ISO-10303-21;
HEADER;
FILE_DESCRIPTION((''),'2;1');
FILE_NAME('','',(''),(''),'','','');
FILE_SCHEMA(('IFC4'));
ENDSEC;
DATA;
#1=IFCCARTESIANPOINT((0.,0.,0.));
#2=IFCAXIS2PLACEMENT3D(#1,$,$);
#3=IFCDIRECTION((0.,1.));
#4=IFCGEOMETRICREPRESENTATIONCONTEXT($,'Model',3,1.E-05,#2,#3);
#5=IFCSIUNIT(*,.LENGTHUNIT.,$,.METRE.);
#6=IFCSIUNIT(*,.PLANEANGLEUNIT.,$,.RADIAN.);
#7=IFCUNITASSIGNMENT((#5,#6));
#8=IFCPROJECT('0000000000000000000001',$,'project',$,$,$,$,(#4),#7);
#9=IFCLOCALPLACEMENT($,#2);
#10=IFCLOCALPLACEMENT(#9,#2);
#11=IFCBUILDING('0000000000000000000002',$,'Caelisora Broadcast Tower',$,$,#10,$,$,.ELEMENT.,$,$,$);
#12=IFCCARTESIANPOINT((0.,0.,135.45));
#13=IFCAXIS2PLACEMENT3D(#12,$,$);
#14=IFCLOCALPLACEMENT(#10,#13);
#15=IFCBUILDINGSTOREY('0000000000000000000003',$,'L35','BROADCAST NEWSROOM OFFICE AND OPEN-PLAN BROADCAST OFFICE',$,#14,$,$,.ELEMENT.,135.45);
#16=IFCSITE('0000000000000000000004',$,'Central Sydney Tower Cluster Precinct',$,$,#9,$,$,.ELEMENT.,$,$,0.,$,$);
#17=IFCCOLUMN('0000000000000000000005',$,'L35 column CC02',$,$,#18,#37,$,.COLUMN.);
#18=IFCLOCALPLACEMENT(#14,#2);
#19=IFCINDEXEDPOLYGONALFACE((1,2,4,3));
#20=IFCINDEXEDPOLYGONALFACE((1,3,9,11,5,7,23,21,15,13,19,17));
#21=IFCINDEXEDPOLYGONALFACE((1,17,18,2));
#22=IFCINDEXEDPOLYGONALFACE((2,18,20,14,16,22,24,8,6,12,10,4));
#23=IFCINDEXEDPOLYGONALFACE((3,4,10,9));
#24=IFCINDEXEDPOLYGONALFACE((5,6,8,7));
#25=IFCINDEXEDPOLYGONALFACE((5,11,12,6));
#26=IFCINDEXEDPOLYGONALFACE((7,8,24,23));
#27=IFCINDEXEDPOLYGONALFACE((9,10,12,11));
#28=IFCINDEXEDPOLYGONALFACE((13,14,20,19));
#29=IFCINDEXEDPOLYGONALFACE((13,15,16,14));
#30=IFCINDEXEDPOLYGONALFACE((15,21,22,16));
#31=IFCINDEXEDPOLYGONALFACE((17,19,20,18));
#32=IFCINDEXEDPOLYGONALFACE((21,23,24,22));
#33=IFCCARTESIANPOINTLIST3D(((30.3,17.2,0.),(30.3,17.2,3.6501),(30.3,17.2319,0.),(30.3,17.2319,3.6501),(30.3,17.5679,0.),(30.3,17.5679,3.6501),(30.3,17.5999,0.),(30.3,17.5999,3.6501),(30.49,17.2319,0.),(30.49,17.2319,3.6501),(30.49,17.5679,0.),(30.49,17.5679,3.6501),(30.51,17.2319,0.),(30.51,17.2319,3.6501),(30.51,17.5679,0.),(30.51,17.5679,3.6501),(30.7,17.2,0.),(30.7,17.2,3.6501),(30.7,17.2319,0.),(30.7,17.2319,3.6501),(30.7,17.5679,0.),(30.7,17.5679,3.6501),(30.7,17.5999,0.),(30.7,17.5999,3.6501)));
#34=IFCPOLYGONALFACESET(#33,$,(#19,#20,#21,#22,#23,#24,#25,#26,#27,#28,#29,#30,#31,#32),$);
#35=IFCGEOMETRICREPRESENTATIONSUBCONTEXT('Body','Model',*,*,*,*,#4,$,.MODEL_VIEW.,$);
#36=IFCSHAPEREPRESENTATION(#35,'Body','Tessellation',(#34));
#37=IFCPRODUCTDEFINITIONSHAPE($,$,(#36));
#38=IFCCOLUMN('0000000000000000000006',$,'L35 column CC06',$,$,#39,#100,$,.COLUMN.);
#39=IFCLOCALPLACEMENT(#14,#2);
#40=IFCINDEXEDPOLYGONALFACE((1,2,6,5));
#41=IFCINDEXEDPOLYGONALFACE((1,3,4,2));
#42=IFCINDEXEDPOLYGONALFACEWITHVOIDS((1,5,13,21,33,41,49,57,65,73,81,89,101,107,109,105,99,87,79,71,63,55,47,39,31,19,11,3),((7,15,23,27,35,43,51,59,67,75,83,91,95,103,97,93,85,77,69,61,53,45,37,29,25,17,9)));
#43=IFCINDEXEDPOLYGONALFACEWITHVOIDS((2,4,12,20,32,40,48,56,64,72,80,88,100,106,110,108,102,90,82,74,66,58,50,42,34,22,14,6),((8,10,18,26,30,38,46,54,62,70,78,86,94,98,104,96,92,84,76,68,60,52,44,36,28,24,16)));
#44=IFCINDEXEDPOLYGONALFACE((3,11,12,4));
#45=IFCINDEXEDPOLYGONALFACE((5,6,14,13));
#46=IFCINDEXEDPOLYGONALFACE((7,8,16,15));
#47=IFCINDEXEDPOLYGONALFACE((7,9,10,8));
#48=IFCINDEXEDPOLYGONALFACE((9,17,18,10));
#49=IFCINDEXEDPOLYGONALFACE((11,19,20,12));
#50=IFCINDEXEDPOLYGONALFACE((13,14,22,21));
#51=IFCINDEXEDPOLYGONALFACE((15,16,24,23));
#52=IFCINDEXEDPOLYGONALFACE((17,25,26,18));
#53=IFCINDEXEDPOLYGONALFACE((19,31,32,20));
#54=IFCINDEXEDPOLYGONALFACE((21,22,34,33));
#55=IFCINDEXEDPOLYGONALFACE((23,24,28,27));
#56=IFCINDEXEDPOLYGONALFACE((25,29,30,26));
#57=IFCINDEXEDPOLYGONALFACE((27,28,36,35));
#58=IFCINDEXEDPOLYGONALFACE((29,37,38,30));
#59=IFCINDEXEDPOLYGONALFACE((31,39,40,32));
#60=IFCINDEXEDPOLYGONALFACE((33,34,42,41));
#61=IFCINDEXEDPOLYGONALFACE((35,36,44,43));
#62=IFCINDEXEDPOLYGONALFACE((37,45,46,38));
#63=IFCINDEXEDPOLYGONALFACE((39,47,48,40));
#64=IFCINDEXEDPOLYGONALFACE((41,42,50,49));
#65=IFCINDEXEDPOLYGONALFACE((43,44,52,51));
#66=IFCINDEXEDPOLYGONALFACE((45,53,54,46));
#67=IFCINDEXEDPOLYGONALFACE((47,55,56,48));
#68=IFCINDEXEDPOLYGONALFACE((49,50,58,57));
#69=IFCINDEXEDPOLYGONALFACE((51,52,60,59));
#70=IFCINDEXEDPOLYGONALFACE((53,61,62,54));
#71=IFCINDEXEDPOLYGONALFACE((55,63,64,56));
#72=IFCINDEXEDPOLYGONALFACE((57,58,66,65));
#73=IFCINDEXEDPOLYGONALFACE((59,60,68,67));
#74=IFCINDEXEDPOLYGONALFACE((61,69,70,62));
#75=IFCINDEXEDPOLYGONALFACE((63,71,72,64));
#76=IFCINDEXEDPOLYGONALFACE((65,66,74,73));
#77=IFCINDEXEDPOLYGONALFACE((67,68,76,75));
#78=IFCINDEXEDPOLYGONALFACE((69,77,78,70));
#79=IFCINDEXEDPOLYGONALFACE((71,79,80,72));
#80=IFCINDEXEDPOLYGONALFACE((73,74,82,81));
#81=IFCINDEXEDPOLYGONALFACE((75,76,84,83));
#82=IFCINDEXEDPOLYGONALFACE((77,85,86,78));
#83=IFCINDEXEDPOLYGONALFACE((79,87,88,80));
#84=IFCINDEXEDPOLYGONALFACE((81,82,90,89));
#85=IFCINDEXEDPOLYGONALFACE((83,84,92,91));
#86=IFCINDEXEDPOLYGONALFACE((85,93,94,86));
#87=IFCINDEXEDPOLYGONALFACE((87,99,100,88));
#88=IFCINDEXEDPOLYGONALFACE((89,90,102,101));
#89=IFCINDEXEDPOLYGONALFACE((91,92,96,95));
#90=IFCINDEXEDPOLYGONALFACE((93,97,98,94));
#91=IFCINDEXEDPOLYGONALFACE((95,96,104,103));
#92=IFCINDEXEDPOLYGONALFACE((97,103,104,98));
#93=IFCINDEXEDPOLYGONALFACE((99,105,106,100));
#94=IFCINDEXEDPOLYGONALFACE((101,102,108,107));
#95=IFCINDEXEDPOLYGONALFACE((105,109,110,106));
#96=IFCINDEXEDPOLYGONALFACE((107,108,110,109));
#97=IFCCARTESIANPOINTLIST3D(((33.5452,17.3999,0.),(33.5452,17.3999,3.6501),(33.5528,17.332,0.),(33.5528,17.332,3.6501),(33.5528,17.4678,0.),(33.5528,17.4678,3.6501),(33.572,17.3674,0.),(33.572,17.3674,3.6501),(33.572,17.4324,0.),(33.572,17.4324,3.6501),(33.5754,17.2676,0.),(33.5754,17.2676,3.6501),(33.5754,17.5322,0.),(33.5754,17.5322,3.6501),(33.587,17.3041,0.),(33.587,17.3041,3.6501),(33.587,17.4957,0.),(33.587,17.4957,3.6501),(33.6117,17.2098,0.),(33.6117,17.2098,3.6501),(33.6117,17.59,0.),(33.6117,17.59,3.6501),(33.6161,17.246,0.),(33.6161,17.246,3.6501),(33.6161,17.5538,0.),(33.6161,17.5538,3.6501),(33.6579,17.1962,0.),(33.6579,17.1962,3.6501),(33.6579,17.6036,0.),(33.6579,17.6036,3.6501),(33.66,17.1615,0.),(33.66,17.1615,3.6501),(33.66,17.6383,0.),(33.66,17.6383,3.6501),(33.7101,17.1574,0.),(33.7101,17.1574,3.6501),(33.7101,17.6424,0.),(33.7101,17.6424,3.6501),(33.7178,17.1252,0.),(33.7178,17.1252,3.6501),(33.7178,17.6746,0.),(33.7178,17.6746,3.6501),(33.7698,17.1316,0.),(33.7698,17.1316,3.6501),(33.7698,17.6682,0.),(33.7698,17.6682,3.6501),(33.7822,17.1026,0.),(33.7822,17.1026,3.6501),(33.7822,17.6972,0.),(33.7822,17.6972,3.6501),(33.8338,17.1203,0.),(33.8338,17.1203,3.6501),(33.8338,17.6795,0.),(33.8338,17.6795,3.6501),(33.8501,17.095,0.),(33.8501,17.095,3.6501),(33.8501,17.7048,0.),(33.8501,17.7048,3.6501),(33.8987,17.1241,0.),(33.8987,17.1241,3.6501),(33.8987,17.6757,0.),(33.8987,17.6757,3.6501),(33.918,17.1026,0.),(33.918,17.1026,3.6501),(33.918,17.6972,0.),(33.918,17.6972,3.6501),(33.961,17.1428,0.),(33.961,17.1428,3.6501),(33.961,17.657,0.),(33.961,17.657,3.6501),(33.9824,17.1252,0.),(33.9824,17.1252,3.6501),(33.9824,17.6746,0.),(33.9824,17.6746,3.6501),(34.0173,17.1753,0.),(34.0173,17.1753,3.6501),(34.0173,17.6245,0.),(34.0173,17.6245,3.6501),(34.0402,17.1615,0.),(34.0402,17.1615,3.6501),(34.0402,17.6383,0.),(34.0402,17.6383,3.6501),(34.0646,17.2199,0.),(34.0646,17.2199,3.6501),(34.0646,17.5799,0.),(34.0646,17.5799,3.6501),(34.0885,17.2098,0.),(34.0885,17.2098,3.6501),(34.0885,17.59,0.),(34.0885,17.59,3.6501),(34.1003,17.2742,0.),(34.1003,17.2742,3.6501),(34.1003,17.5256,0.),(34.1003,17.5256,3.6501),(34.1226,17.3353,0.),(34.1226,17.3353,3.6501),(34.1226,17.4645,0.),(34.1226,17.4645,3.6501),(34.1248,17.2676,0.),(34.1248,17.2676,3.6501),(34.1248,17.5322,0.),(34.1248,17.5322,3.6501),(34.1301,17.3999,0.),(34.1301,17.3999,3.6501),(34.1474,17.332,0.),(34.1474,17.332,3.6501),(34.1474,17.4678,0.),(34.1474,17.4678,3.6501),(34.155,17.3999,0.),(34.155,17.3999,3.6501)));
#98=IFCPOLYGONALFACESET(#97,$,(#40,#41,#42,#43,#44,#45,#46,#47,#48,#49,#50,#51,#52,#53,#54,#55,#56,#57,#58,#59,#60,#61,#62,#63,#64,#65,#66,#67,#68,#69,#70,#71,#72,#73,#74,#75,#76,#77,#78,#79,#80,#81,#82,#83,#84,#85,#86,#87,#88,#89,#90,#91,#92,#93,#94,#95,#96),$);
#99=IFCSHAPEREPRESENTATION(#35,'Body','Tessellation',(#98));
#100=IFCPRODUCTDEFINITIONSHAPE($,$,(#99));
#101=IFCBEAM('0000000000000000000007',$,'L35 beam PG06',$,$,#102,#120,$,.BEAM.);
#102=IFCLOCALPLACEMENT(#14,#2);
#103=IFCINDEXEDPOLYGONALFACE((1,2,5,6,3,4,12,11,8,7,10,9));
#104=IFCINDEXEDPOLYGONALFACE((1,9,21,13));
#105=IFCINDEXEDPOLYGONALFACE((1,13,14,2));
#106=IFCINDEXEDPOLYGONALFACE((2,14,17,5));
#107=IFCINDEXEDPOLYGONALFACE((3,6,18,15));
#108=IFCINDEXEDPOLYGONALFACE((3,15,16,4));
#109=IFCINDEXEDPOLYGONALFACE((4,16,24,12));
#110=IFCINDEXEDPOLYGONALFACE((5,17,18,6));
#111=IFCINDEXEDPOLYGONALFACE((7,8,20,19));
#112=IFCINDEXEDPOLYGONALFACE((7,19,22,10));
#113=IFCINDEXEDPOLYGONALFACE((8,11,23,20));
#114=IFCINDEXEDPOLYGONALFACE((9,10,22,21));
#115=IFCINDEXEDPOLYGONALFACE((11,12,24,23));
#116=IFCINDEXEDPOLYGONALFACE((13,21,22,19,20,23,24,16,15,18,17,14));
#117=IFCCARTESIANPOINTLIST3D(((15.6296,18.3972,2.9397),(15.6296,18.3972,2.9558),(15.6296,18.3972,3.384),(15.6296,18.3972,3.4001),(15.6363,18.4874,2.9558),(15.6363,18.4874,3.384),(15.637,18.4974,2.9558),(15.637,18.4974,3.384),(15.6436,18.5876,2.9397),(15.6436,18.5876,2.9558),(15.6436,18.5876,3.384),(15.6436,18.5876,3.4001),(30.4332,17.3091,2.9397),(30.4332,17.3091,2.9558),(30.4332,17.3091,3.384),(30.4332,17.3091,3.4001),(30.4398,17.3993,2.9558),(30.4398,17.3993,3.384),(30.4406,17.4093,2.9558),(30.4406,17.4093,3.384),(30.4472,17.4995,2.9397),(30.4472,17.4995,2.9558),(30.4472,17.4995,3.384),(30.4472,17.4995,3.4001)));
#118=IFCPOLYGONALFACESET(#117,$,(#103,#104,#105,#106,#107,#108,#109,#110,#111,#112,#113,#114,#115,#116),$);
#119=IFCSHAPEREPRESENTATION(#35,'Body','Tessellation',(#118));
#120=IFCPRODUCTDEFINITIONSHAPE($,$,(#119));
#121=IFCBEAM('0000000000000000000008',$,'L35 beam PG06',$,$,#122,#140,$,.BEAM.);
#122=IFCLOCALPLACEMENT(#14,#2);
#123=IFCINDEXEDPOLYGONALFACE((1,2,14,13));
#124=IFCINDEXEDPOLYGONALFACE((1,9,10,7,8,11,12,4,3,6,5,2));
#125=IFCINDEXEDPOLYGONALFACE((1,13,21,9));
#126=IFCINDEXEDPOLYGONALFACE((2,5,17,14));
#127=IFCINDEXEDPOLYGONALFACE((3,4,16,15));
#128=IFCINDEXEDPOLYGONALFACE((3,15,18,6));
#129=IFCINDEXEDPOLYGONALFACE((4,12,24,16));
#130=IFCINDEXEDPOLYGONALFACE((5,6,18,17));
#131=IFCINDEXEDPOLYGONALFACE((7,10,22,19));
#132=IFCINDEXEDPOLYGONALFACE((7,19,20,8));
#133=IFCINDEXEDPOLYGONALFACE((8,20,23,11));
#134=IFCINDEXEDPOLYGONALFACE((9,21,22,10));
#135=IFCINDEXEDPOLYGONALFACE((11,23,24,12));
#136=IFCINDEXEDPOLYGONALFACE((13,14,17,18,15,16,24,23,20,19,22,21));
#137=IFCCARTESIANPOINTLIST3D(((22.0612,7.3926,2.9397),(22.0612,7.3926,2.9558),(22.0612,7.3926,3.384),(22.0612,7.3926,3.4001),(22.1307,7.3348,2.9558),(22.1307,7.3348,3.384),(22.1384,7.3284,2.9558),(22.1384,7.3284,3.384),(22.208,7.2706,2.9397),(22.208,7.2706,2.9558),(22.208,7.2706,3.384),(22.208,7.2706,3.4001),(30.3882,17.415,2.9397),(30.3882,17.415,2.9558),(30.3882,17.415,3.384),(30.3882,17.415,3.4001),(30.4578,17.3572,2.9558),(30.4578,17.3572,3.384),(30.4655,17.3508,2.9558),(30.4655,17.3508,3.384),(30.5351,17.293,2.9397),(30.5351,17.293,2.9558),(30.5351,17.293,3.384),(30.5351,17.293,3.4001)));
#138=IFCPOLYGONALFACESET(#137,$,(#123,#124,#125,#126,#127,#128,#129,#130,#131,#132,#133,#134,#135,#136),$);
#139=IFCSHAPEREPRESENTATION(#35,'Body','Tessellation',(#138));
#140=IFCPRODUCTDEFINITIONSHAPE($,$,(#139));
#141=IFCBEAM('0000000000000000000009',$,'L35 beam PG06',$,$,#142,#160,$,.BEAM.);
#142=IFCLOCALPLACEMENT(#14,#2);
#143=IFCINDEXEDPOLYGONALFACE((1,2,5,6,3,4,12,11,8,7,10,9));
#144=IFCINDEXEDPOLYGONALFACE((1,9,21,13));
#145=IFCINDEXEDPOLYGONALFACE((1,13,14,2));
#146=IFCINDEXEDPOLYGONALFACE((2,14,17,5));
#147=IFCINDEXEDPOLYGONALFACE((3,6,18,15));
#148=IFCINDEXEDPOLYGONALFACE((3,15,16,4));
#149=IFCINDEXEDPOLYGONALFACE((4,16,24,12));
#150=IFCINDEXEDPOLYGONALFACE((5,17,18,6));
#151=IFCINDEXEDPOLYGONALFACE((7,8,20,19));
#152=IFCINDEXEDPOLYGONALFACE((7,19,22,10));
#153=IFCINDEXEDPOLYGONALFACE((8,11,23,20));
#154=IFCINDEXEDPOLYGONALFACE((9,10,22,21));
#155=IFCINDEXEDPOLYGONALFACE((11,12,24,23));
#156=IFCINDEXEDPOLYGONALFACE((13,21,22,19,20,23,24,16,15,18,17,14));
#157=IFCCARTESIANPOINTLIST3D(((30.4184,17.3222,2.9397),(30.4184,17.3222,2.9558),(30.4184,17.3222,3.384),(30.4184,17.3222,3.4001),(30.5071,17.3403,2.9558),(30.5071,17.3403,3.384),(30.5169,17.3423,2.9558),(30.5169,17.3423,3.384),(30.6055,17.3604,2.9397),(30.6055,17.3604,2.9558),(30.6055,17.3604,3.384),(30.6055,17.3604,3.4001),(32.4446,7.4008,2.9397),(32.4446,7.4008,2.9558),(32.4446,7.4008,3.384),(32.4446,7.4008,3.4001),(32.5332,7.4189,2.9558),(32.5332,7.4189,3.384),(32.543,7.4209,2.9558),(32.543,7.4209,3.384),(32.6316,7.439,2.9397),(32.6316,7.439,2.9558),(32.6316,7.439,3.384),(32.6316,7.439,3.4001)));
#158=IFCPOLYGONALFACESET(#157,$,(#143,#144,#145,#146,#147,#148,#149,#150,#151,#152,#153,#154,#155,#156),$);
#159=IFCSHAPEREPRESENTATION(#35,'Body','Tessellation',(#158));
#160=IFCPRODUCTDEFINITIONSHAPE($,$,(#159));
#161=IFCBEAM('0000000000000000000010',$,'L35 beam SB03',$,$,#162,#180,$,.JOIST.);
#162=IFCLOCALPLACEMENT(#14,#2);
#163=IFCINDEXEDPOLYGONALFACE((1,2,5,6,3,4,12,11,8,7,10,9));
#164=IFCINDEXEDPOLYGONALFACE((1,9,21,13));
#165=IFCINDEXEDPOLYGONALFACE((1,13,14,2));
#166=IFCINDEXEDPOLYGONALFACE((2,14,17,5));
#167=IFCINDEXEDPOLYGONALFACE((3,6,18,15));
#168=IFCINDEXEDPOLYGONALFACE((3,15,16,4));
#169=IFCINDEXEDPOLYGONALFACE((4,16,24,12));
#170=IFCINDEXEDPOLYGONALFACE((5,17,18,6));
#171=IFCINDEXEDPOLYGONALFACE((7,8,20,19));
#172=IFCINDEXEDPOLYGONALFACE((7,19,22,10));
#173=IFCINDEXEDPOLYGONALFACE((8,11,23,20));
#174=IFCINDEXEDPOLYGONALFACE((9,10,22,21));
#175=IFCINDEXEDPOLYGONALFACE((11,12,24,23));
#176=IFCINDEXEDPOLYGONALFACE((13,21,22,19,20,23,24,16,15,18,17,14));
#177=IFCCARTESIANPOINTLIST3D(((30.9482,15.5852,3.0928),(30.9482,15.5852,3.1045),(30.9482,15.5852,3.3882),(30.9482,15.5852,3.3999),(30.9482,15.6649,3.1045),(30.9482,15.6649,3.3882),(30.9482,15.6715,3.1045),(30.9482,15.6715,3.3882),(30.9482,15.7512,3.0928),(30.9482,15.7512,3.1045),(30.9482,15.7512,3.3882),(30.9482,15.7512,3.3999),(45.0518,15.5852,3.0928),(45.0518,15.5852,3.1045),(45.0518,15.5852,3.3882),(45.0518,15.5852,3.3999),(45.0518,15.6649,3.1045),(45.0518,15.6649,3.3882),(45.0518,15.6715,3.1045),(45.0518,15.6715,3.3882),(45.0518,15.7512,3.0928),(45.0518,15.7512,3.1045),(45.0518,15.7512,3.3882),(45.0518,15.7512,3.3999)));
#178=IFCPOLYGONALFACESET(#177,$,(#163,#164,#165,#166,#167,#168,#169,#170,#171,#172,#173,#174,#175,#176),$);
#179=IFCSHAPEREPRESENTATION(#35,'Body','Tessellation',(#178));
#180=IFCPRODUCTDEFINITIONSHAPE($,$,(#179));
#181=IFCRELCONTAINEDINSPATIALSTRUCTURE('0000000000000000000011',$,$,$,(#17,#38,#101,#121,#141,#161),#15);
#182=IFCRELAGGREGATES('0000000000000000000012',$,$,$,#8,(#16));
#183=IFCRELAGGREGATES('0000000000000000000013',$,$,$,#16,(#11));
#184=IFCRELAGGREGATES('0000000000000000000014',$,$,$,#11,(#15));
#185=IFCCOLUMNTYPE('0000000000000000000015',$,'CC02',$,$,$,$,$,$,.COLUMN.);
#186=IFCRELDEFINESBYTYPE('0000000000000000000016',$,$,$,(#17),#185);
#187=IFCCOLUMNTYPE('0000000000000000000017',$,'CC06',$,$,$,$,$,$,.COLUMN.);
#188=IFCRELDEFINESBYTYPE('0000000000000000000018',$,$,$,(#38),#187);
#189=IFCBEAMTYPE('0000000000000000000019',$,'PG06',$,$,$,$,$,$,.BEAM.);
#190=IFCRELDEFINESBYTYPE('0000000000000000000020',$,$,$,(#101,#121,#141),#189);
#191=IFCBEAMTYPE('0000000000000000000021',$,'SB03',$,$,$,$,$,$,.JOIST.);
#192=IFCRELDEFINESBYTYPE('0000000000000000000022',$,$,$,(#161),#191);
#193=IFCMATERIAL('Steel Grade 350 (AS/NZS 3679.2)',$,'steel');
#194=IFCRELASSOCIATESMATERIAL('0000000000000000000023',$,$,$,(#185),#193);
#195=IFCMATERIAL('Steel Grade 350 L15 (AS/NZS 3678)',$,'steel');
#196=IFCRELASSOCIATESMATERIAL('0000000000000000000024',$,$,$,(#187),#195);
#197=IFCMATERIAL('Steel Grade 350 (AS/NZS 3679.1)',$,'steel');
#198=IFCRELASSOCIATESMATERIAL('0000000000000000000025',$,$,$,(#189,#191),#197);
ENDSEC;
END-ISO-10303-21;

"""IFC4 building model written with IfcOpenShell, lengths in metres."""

from ifc_helpers import new_model, si_unit, direction, frame, origin, origin_2d, place, context, subcontext, project, spatial, hollow_circle, i_section, extrude, source, transform, mapped, material, material_profile, profile_set, type_object, type_shapes, element, save


model = new_model("IFC4")

# Units and contexts
model_context = context("Model", 3, precision=1e-05, world=origin(), true_north=direction((0.0, 1.0)))
body_context = subcontext(model_context, "Body", "Model", "MODEL_VIEW")
ifc_project = project(units=[si_unit("LENGTHUNIT", "METRE"), si_unit("PLANEANGLEUNIT", "RADIAN")], contexts=[model_context])

# Site, building, storey
site_placement = place(None, origin())
site = spatial("IfcSite", under=ifc_project, at=site_placement, Name="Central Sydney Tower Cluster Precinct", CompositionType="ELEMENT", RefElevation=0.0)
building_placement = place(site_placement, origin())
building = spatial("IfcBuilding", under=site, at=building_placement, Name="Caelisora Broadcast Tower", CompositionType="ELEMENT")
storey_placement = place(building_placement, frame((0.0, 0.0, 135.45)))
storey = spatial("IfcBuildingStorey", under=building, at=storey_placement, Name="L35", Description="BROADCAST NEWSROOM OFFICE AND OPEN-PLAN BROADCAST OFFICE", CompositionType="ELEMENT", Elevation=135.45)

# Columns
ifc_material_1 = material(Name="Steel Grade 350 (AS/NZS 3679.2)", Category="steel")
ifc_material_profile_1 = material_profile(ifc_material_1, i_section(OverallWidth=0.3999, OverallDepth=0.3999, WebThickness=0.02, FlangeThickness=0.032, at=origin_2d()), Name="Steel Grade 350 (AS/NZS 3679.2)")
ifc_profile_set_1 = profile_set([ifc_material_profile_1], Name="Steel Grade 350 (AS/NZS 3679.2)")
column_type_1 = type_object("IfcColumnType", Name="CC02", PredefinedType="COLUMN", material=ifc_profile_set_1)
shared_shape_1 = source(origin(), body_context, "Body", "SweptSolid", [
    extrude(i_section(OverallWidth=0.3999, OverallDepth=0.3999, WebThickness=0.02, FlangeThickness=0.032, at=origin_2d()), origin(), (0.0, 0.0, 1.0), 3.6501),
])
type_shapes(column_type_1, [shared_shape_1])
column_1_placement = place(storey_placement, frame((30.5, 17.3999, 0.0), z_axis=(0.0, 0.0, 1.0), x_axis=(1.0, 0.0, 0.0)))
element("IfcColumn", 1, at=column_1_placement, inside=storey, type_object=column_type_1, Name="L35 column CC02", PredefinedType="COLUMN", context=body_context, shape_type="MappedRepresentation", body=[
    mapped(shared_shape_1, transform((0.0, 0.0, 0.0), scale=1.0)),
])
ifc_material_2 = material(Name="Steel Grade 350 L15 (AS/NZS 3678)", Category="steel")
ifc_material_profile_2 = material_profile(ifc_material_2, hollow_circle(Radius=0.3049, WallThickness=0.0249, at=origin_2d()), Name="Steel Grade 350 L15 (AS/NZS 3678)")
ifc_profile_set_2 = profile_set([ifc_material_profile_2], Name="Steel Grade 350 L15 (AS/NZS 3678)")
column_type_2 = type_object("IfcColumnType", Name="CC06", PredefinedType="COLUMN", material=ifc_profile_set_2)
shared_shape_2 = source(origin(), body_context, "Body", "SweptSolid", [
    extrude(hollow_circle(Radius=0.3049, WallThickness=0.0249, at=origin_2d()), origin(), (0.0, 0.0, 1.0), 3.6501),
])
type_shapes(column_type_2, [shared_shape_2])
column_2_placement = place(storey_placement, frame((33.8501, 17.3999, 0.0), z_axis=(0.0, 0.0, 1.0), x_axis=(1.0, 0.0, 0.0)))
element("IfcColumn", 2, at=column_2_placement, inside=storey, type_object=column_type_2, Name="L35 column CC06", PredefinedType="COLUMN", context=body_context, shape_type="MappedRepresentation", body=[
    mapped(shared_shape_2, transform((0.0, 0.0, 0.0), scale=1.0)),
])

# Beams
ifc_material_3 = material(Name="Steel Grade 350 (AS/NZS 3679.1)", Category="steel")
ifc_material_profile_3 = material_profile(ifc_material_3, i_section(OverallWidth=0.1909, OverallDepth=0.4604, WebThickness=0.01, FlangeThickness=0.0161, at=origin_2d()), Name="Steel Grade 350 (AS/NZS 3679.1)")
ifc_profile_set_3 = profile_set([ifc_material_profile_3], Name="Steel Grade 350 (AS/NZS 3679.1)")
beam_type_1 = type_object("IfcBeamType", Name="PG06", PredefinedType="BEAM", material=ifc_profile_set_3)
shared_shape_3 = source(origin(), body_context, "Body", "SweptSolid", [
    extrude(i_section(OverallWidth=0.1909, OverallDepth=0.4604, WebThickness=0.01, FlangeThickness=0.0161, at=origin_2d()), origin(), (0.0, 0.0, 1.0), 14.8435),
])
beam_1_placement = place(storey_placement, frame((30.4402, 17.4043, 3.1699), z_axis=(-0.997309, 0.073308, 0.0), x_axis=(-0.073308, -0.997309, 0.0)))
element("IfcBeam", 3, at=beam_1_placement, inside=storey, type_object=beam_type_1, Name="L35 beam PG06", PredefinedType="BEAM", context=body_context, shape_type="MappedRepresentation", body=[
    mapped(shared_shape_3, transform((0.0, 0.0, 0.0), scale=1.0)),
])
shared_shape_4 = source(origin(), body_context, "Body", "SweptSolid", [
    extrude(i_section(OverallWidth=0.1909, OverallDepth=0.4604, WebThickness=0.01, FlangeThickness=0.0161, at=origin_2d()), origin(), (0.0, 0.0, 1.0), 13.0303),
])
beam_2_placement = place(storey_placement, frame((30.4617, 17.354, 3.1699), z_axis=(-0.639056, -0.76916, 0.0), x_axis=(0.76916, -0.639056, 0.0)))
element("IfcBeam", 4, at=beam_2_placement, inside=storey, type_object=beam_type_1, Name="L35 beam PG06", PredefinedType="BEAM", context=body_context, shape_type="MappedRepresentation", body=[
    mapped(shared_shape_4, transform((0.0, 0.0, 0.0), scale=1.0)),
])
shared_shape_5 = source(origin(), body_context, "Body", "SweptSolid", [
    extrude(i_section(OverallWidth=0.1909, OverallDepth=0.4604, WebThickness=0.01, FlangeThickness=0.0161, at=origin_2d()), origin(), (0.0, 0.0, 1.0), 10.1262),
])
type_shapes(beam_type_1, [shared_shape_3, shared_shape_4, shared_shape_5])
beam_3_placement = place(storey_placement, frame((30.512, 17.3413, 3.1699), z_axis=(0.200088, -0.979778, 0.0), x_axis=(0.979778, 0.200088, 0.0)))
element("IfcBeam", 5, at=beam_3_placement, inside=storey, type_object=beam_type_1, Name="L35 beam PG06", PredefinedType="BEAM", context=body_context, shape_type="MappedRepresentation", body=[
    mapped(shared_shape_5, transform((0.0, 0.0, 0.0), scale=1.0)),
])
ifc_material_profile_4 = material_profile(ifc_material_3, i_section(OverallWidth=0.166, OverallDepth=0.3071, WebThickness=0.0066, FlangeThickness=0.0117, at=origin_2d()), Name="Steel Grade 350 (AS/NZS 3679.1)")
ifc_profile_set_4 = profile_set([ifc_material_profile_4], Name="Steel Grade 350 (AS/NZS 3679.1)")
beam_type_2 = type_object("IfcBeamType", Name="SB03", PredefinedType="JOIST", material=ifc_profile_set_4)
shared_shape_6 = source(origin(), body_context, "Body", "SweptSolid", [
    extrude(i_section(OverallWidth=0.166, OverallDepth=0.3071, WebThickness=0.0066, FlangeThickness=0.0117, at=origin_2d()), origin(), (0.0, 0.0, 1.0), 14.1035),
])
type_shapes(beam_type_2, [shared_shape_6])
beam_4_placement = place(storey_placement, frame((30.9482, 15.6682, 3.2463), z_axis=(1.0, 0.0, 0.0), x_axis=(0.0, 1.0, 0.0)))
element("IfcBeam", 6, at=beam_4_placement, inside=storey, type_object=beam_type_2, Name="L35 beam SB03", PredefinedType="JOIST", context=body_context, shape_type="MappedRepresentation", body=[
    mapped(shared_shape_6, transform((0.0, 0.0, 0.0), scale=1.0)),
])

save(model, "model.ifc")
